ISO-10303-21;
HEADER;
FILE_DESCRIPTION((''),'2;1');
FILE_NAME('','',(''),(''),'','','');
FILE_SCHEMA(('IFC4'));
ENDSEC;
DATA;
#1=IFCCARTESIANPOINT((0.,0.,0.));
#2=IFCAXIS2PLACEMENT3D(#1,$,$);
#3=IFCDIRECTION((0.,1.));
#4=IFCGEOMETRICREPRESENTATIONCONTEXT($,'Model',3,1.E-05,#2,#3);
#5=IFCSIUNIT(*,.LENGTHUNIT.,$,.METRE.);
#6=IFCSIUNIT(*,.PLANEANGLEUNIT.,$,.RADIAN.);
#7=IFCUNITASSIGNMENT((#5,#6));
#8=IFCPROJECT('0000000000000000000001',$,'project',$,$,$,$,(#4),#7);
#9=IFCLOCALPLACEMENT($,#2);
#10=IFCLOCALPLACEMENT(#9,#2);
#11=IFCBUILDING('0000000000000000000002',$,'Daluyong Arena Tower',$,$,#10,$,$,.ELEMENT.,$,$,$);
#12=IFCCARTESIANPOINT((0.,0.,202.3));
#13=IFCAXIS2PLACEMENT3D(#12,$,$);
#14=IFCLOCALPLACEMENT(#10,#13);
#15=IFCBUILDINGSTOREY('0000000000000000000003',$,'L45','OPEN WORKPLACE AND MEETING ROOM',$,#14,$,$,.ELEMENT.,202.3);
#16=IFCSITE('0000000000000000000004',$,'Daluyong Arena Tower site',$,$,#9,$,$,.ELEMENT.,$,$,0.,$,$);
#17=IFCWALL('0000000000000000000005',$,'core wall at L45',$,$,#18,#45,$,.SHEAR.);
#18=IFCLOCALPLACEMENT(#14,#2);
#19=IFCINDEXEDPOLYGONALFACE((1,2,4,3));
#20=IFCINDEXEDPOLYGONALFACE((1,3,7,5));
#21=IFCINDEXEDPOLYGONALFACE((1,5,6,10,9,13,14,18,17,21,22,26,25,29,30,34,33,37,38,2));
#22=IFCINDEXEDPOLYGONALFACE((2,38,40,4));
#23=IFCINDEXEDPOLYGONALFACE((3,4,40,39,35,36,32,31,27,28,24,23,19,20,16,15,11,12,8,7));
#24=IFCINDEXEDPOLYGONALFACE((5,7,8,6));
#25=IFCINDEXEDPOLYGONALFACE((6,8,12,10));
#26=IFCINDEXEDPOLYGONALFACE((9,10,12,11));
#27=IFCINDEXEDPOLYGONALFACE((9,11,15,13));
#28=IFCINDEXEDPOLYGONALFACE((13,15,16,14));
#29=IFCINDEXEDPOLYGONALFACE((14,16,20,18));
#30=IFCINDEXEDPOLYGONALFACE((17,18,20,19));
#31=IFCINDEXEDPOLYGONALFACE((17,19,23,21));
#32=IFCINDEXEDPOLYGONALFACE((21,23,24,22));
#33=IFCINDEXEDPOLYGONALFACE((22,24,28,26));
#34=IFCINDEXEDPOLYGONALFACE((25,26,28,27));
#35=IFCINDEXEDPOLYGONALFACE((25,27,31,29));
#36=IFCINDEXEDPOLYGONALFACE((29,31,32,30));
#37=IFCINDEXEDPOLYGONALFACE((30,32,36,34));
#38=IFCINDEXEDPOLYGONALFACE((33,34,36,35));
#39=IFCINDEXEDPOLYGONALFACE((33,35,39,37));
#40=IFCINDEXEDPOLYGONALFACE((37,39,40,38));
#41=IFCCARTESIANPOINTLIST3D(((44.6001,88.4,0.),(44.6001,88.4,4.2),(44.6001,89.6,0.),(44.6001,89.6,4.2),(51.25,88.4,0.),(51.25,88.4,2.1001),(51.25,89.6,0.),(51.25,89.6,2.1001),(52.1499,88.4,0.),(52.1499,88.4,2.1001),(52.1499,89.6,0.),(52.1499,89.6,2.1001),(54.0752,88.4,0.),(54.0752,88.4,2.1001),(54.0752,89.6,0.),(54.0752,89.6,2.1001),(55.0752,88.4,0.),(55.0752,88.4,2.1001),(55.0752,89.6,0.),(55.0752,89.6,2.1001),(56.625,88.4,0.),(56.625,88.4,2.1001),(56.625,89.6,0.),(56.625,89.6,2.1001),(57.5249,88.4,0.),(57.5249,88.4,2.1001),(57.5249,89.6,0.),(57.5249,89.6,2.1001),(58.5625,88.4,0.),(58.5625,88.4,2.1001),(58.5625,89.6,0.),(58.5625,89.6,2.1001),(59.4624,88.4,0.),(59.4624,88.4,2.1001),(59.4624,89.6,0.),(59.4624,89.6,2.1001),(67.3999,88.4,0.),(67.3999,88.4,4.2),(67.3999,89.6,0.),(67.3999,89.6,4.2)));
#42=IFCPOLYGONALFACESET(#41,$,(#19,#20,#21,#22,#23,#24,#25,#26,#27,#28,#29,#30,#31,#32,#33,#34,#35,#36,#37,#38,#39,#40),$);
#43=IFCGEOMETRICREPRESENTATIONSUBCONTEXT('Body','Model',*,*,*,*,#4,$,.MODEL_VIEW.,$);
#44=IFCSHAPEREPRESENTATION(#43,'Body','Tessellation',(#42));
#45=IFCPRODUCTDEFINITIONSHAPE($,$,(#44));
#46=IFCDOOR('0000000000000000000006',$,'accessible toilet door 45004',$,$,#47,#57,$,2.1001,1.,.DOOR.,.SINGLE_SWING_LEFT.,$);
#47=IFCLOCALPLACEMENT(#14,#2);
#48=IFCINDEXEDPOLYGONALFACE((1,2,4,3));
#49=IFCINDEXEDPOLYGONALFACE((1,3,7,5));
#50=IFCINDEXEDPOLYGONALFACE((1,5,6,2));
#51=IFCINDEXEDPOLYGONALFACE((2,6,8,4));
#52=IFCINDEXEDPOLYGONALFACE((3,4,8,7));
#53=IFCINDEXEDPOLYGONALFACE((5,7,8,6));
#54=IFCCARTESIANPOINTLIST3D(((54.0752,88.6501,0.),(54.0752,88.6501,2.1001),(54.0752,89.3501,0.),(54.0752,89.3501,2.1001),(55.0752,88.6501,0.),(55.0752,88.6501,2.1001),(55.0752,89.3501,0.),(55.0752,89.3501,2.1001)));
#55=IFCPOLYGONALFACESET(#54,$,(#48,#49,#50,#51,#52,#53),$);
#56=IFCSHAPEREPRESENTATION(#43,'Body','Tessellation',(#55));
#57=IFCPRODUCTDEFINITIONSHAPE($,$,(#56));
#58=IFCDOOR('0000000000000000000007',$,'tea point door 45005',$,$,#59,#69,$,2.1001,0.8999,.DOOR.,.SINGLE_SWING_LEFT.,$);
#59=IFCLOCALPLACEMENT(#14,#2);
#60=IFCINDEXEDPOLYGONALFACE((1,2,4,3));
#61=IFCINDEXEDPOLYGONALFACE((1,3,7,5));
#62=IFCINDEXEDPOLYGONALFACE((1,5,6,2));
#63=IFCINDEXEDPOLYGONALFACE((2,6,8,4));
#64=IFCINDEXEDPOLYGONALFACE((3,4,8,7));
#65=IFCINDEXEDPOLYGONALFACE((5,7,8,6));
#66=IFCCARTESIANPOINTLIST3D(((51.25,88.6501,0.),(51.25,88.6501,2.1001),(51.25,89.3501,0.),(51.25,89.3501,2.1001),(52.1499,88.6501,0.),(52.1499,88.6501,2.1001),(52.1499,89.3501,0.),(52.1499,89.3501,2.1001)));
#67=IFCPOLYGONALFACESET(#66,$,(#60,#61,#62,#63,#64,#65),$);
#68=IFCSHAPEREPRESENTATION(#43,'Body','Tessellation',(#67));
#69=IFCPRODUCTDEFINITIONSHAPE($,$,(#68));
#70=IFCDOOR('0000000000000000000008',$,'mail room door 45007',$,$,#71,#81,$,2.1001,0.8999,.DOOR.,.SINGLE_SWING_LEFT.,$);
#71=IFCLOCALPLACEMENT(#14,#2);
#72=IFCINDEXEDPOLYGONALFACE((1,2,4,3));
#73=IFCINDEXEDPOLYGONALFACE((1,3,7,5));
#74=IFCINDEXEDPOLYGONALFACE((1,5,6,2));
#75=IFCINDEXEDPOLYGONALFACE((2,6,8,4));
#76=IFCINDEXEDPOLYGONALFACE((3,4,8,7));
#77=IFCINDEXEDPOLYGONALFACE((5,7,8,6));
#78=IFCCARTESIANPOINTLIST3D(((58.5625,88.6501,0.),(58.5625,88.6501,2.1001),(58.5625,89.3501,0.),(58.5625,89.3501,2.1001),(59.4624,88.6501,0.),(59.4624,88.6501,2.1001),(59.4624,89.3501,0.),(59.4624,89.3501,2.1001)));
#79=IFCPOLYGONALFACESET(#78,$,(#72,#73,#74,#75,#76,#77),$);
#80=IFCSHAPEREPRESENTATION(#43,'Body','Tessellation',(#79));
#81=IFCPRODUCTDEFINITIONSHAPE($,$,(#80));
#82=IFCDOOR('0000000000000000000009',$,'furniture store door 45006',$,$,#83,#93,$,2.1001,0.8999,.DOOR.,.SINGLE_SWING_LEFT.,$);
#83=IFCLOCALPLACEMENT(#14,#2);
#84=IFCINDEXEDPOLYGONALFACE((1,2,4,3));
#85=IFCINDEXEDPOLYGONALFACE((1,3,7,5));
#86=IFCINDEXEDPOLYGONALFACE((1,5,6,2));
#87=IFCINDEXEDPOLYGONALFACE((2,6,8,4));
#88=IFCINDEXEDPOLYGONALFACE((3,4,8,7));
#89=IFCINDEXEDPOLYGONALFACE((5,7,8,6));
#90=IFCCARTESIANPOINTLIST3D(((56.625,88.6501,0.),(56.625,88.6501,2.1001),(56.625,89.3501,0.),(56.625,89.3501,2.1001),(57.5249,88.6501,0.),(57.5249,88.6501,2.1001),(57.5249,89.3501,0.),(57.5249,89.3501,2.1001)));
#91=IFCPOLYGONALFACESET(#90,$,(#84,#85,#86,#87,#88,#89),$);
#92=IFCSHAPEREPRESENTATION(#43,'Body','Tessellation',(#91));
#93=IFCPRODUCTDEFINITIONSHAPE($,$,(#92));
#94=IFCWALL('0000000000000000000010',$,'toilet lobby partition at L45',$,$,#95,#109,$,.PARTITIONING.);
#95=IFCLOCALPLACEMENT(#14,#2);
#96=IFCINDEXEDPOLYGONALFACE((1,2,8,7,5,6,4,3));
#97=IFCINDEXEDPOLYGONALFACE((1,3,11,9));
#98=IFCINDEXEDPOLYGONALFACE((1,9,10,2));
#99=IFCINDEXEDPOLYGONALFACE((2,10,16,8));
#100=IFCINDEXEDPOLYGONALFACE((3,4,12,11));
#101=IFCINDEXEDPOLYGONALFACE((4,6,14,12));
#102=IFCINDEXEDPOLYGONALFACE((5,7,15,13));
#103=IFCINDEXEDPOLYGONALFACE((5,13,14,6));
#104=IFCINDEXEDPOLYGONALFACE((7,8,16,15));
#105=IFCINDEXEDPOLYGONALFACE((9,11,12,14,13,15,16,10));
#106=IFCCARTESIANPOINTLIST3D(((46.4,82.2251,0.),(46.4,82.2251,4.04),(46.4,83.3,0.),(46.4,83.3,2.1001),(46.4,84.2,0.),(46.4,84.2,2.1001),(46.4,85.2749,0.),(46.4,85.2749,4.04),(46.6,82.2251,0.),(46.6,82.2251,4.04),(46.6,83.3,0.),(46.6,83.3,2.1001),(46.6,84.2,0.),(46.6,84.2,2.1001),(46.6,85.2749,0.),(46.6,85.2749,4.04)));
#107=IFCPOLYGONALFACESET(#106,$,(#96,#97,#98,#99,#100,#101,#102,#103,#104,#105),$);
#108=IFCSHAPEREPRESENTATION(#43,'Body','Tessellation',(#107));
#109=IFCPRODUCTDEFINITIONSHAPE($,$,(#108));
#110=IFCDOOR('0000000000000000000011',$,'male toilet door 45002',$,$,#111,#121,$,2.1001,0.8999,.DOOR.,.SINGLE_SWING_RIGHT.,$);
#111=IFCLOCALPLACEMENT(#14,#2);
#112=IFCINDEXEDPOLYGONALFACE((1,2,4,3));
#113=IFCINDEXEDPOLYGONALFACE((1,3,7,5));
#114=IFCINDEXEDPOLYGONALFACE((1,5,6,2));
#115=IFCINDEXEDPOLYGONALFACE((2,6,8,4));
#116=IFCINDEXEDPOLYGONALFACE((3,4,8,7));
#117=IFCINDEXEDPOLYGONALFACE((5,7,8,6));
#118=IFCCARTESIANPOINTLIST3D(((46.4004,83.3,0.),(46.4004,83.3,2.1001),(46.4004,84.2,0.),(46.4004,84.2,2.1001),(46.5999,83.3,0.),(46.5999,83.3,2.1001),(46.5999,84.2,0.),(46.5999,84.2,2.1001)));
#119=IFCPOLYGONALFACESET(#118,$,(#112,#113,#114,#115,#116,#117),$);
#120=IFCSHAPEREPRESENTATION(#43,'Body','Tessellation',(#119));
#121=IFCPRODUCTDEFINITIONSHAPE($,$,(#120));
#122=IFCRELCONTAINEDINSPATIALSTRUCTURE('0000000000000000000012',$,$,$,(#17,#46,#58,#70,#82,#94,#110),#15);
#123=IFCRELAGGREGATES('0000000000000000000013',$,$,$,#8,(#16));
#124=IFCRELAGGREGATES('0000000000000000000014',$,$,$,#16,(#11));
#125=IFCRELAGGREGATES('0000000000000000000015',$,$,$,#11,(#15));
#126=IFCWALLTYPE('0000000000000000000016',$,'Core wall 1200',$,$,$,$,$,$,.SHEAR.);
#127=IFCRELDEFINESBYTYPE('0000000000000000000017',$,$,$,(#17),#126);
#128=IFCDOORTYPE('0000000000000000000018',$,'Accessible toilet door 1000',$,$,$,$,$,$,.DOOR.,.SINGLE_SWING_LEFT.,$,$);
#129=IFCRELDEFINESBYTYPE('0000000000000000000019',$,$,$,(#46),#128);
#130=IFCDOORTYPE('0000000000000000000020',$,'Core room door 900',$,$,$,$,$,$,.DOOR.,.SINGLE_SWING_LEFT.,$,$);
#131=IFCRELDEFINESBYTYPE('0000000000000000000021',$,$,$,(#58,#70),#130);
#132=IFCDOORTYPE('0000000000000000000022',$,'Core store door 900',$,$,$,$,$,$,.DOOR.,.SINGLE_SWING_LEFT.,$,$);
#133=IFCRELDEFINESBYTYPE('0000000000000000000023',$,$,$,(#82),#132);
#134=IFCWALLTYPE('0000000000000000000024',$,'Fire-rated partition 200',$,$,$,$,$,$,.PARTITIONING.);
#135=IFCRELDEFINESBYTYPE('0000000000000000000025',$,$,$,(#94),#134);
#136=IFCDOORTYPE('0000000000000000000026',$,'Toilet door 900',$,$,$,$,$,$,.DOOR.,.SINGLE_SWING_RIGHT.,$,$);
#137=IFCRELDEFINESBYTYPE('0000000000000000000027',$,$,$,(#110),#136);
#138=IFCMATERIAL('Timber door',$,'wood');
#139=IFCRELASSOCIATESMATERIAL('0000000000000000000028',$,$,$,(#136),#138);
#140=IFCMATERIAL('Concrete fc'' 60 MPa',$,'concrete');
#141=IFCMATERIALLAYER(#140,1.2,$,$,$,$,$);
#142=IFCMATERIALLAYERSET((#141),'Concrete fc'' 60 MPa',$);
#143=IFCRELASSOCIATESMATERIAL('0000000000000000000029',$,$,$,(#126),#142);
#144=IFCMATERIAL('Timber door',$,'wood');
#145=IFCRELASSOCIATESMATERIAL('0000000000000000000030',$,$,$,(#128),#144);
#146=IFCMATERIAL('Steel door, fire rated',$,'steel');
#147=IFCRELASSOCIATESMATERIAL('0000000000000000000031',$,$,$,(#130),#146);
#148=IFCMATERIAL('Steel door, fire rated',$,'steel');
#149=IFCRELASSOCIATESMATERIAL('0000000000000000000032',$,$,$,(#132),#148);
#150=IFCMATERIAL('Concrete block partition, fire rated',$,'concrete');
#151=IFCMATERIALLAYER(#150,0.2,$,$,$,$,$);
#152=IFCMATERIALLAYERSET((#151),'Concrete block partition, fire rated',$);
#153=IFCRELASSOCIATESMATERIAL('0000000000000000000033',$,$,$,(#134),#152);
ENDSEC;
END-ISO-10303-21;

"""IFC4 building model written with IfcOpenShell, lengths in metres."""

from ifc_helpers import new_model, si_unit, direction, frame, frame_2d, origin, place, context, subcontext, project, spatial, rectangle, extrude, material, layer, layer_set, type_object, element, fill, save


model = new_model("IFC4")

# Units and contexts
model_context = context("Model", 3, precision=1e-05, world=origin(), true_north=direction((0.0, 1.0)))
body_context = subcontext(model_context, "Body", "Model", "MODEL_VIEW")
ifc_project = project(units=[si_unit("LENGTHUNIT", "METRE"), si_unit("PLANEANGLEUNIT", "RADIAN")], contexts=[model_context])

# Site, building, storey
site_placement = place(None, origin())
site = spatial("IfcSite", under=ifc_project, at=site_placement, Name="Daluyong Arena Tower site", CompositionType="ELEMENT", RefElevation=0.0)
building_placement = place(site_placement, origin())
building = spatial("IfcBuilding", under=site, at=building_placement, Name="Daluyong Arena Tower", CompositionType="ELEMENT")
storey_placement = place(building_placement, frame((0.0, 0.0, 202.3)))
storey = spatial("IfcBuildingStorey", under=building, at=storey_placement, Name="L45", Description="OPEN WORKPLACE AND MEETING ROOM", CompositionType="ELEMENT", Elevation=202.3)

# Shared definitions
ifc_material_1 = material(Name="Timber door", Category="wood")
door_type_1 = type_object("IfcDoorType", Name="Toilet door 900", OperationType="SINGLE_SWING_RIGHT", PredefinedType="DOOR", material=ifc_material_1)

# Wall, openings, doors
ifc_material_2 = material(Name="Concrete fc' 60 MPa", Category="concrete")
ifc_layer_1 = layer(ifc_material_2, 1.2)
ifc_layer_set_1 = layer_set([ifc_layer_1], Name="Concrete fc' 60 MPa")
wall_type_1 = type_object("IfcWallType", Name="Core wall 1200", PredefinedType="SHEAR", material=ifc_layer_set_1)
wall_1_placement = place(storey_placement, frame((44.6001, 89.0, 0.0), z_axis=(0.0, 0.0, 1.0), x_axis=(1.0, 0.0, 0.0)))
wall_1 = element("IfcWall", 1, at=wall_1_placement, inside=storey, type_object=wall_type_1, Name="core wall at L45", PredefinedType="SHEAR", context=body_context, shape_type="SweptSolid", body=[
    extrude(rectangle(XDim=22.7998, YDim=1.2, at=frame_2d((11.3999, 0.0))), origin(), (0.0, 0.0, 1.0), 4.2),
])
opening_1_placement = place(wall_1_placement, frame((9.4751, 0.0, 0.0)))
opening_1 = element("IfcOpeningElement", 2, at=opening_1_placement, cuts=wall_1, PredefinedType="OPENING", context=body_context, shape_type="SweptSolid", body=[
    extrude(rectangle(XDim=1.0, YDim=2.1001, at=frame_2d((0.5, 1.05))), frame((0.0, 0.6099, 0.0), z_axis=(0.0, -1.0, 0.0), x_axis=(1.0, 0.0, 0.0)), (0.0, 0.0, 1.0), 1.22),
])
opening_2_placement = place(wall_1_placement, frame((6.6499, 0.0, 0.0)))
opening_2 = element("IfcOpeningElement", 3, at=opening_2_placement, cuts=wall_1, PredefinedType="OPENING", context=body_context, shape_type="SweptSolid", body=[
    extrude(rectangle(XDim=0.8999, YDim=2.1001, at=frame_2d((0.45, 1.05))), frame((0.0, 0.6099, 0.0), z_axis=(0.0, -1.0, 0.0), x_axis=(1.0, 0.0, 0.0)), (0.0, 0.0, 1.0), 1.22),
])
opening_3_placement = place(wall_1_placement, frame((12.0249, 0.0, 0.0)))
opening_3 = element("IfcOpeningElement", 4, at=opening_3_placement, cuts=wall_1, PredefinedType="OPENING", context=body_context, shape_type="SweptSolid", body=[
    extrude(rectangle(XDim=0.8999, YDim=2.1001, at=frame_2d((0.45, 1.05))), frame((0.0, 0.6099, 0.0), z_axis=(0.0, -1.0, 0.0), x_axis=(1.0, 0.0, 0.0)), (0.0, 0.0, 1.0), 1.22),
])
opening_4_placement = place(wall_1_placement, frame((13.9624, 0.0, 0.0)))
opening_4 = element("IfcOpeningElement", 5, at=opening_4_placement, cuts=wall_1, PredefinedType="OPENING", context=body_context, shape_type="SweptSolid", body=[
    extrude(rectangle(XDim=0.8999, YDim=2.1001, at=frame_2d((0.45, 1.05))), frame((0.0, 0.6099, 0.0), z_axis=(0.0, -1.0, 0.0), x_axis=(1.0, 0.0, 0.0)), (0.0, 0.0, 1.0), 1.22),
])
ifc_material_3 = material(Name="Timber door", Category="wood")
door_type_2 = type_object("IfcDoorType", Name="Accessible toilet door 1000", OperationType="SINGLE_SWING_LEFT", PredefinedType="DOOR", material=ifc_material_3)
door_1_placement = place(opening_1_placement, origin())
door_1 = element("IfcDoor", 6, at=door_1_placement, inside=storey, type_object=door_type_2, Name="accessible toilet door 45004", OperationType="SINGLE_SWING_LEFT", OverallHeight=2.1001, OverallWidth=1.0, PredefinedType="DOOR", context=body_context, shape_type="SweptSolid", body=[
    extrude(rectangle(XDim=1.0, YDim=2.1001, at=frame_2d((0.5, 1.05))), frame((0.0, 0.3501, 0.0), z_axis=(0.0, -1.0, 0.0), x_axis=(1.0, 0.0, 0.0)), (0.0, 0.0, 1.0), 0.7),
])
fill(opening_1, door_1)
ifc_material_4 = material(Name="Steel door, fire rated", Category="steel")
door_type_3 = type_object("IfcDoorType", Name="Core room door 900", OperationType="SINGLE_SWING_LEFT", PredefinedType="DOOR", material=ifc_material_4)
door_2_placement = place(opening_2_placement, origin())
door_2 = element("IfcDoor", 7, at=door_2_placement, inside=storey, type_object=door_type_3, Name="tea point door 45005", OperationType="SINGLE_SWING_LEFT", OverallHeight=2.1001, OverallWidth=0.8999, PredefinedType="DOOR", context=body_context, shape_type="SweptSolid", body=[
    extrude(rectangle(XDim=0.8999, YDim=2.1001, at=frame_2d((0.45, 1.05))), frame((0.0, 0.3501, 0.0), z_axis=(0.0, -1.0, 0.0), x_axis=(1.0, 0.0, 0.0)), (0.0, 0.0, 1.0), 0.7),
])
fill(opening_2, door_2)
door_3_placement = place(opening_4_placement, origin())
door_3 = element("IfcDoor", 8, at=door_3_placement, inside=storey, type_object=door_type_3, Name="mail room door 45007", OperationType="SINGLE_SWING_LEFT", OverallHeight=2.1001, OverallWidth=0.8999, PredefinedType="DOOR", context=body_context, shape_type="SweptSolid", body=[
    extrude(rectangle(XDim=0.8999, YDim=2.1001, at=frame_2d((0.45, 1.05))), frame((0.0, 0.3501, 0.0), z_axis=(0.0, -1.0, 0.0), x_axis=(1.0, 0.0, 0.0)), (0.0, 0.0, 1.0), 0.7),
])
fill(opening_4, door_3)
ifc_material_5 = material(Name="Steel door, fire rated", Category="steel")
door_type_4 = type_object("IfcDoorType", Name="Core store door 900", OperationType="SINGLE_SWING_LEFT", PredefinedType="DOOR", material=ifc_material_5)
door_4_placement = place(opening_3_placement, origin())
door_4 = element("IfcDoor", 9, at=door_4_placement, inside=storey, type_object=door_type_4, Name="furniture store door 45006", OperationType="SINGLE_SWING_LEFT", OverallHeight=2.1001, OverallWidth=0.8999, PredefinedType="DOOR", context=body_context, shape_type="SweptSolid", body=[
    extrude(rectangle(XDim=0.8999, YDim=2.1001, at=frame_2d((0.45, 1.05))), frame((0.0, 0.3501, 0.0), z_axis=(0.0, -1.0, 0.0), x_axis=(1.0, 0.0, 0.0)), (0.0, 0.0, 1.0), 0.7),
])
fill(opening_3, door_4)

# Wall, opening, door
ifc_material_6 = material(Name="Concrete block partition, fire rated", Category="concrete")
ifc_layer_2 = layer(ifc_material_6, 0.2)
ifc_layer_set_2 = layer_set([ifc_layer_2], Name="Concrete block partition, fire rated")
wall_type_2 = type_object("IfcWallType", Name="Fire-rated partition 200", PredefinedType="PARTITIONING", material=ifc_layer_set_2)
wall_2_placement = place(storey_placement, frame((46.5, 82.2251, 0.0), z_axis=(0.0, 0.0, 1.0), x_axis=(0.0, 1.0, 0.0)))
wall_2 = element("IfcWall", 10, at=wall_2_placement, inside=storey, type_object=wall_type_2, Name="toilet lobby partition at L45", PredefinedType="PARTITIONING", context=body_context, shape_type="SweptSolid", body=[
    extrude(rectangle(XDim=3.0498, YDim=0.2, at=frame_2d((1.5249, 0.0))), origin(), (0.0, 0.0, 1.0), 4.04),
])
opening_5_placement = place(wall_2_placement, frame((1.075, 0.0, 0.0)))
opening_5 = element("IfcOpeningElement", 11, at=opening_5_placement, cuts=wall_2, PredefinedType="OPENING", context=body_context, shape_type="SweptSolid", body=[
    extrude(rectangle(XDim=0.8999, YDim=2.1001, at=frame_2d((0.45, 1.05))), frame((0.0, 0.1099, 0.0), z_axis=(0.0, -1.0, 0.0), x_axis=(1.0, 0.0, 0.0)), (0.0, 0.0, 1.0), 0.22),
])
door_5_placement = place(opening_5_placement, origin())
door_5 = element("IfcDoor", 12, at=door_5_placement, inside=storey, type_object=door_type_1, Name="male toilet door 45002", OperationType="SINGLE_SWING_RIGHT", OverallHeight=2.1001, OverallWidth=0.8999, PredefinedType="DOOR", context=body_context, shape_type="SweptSolid", body=[
    extrude(rectangle(XDim=0.8999, YDim=2.1001, at=frame_2d((0.45, 1.05))), frame((0.0, 0.0996, 0.0), z_axis=(0.0, -1.0, 0.0), x_axis=(1.0, 0.0, 0.0)), (0.0, 0.0, 1.0), 0.1995),
])
fill(opening_5, door_5)

save(model, "model.ifc")
